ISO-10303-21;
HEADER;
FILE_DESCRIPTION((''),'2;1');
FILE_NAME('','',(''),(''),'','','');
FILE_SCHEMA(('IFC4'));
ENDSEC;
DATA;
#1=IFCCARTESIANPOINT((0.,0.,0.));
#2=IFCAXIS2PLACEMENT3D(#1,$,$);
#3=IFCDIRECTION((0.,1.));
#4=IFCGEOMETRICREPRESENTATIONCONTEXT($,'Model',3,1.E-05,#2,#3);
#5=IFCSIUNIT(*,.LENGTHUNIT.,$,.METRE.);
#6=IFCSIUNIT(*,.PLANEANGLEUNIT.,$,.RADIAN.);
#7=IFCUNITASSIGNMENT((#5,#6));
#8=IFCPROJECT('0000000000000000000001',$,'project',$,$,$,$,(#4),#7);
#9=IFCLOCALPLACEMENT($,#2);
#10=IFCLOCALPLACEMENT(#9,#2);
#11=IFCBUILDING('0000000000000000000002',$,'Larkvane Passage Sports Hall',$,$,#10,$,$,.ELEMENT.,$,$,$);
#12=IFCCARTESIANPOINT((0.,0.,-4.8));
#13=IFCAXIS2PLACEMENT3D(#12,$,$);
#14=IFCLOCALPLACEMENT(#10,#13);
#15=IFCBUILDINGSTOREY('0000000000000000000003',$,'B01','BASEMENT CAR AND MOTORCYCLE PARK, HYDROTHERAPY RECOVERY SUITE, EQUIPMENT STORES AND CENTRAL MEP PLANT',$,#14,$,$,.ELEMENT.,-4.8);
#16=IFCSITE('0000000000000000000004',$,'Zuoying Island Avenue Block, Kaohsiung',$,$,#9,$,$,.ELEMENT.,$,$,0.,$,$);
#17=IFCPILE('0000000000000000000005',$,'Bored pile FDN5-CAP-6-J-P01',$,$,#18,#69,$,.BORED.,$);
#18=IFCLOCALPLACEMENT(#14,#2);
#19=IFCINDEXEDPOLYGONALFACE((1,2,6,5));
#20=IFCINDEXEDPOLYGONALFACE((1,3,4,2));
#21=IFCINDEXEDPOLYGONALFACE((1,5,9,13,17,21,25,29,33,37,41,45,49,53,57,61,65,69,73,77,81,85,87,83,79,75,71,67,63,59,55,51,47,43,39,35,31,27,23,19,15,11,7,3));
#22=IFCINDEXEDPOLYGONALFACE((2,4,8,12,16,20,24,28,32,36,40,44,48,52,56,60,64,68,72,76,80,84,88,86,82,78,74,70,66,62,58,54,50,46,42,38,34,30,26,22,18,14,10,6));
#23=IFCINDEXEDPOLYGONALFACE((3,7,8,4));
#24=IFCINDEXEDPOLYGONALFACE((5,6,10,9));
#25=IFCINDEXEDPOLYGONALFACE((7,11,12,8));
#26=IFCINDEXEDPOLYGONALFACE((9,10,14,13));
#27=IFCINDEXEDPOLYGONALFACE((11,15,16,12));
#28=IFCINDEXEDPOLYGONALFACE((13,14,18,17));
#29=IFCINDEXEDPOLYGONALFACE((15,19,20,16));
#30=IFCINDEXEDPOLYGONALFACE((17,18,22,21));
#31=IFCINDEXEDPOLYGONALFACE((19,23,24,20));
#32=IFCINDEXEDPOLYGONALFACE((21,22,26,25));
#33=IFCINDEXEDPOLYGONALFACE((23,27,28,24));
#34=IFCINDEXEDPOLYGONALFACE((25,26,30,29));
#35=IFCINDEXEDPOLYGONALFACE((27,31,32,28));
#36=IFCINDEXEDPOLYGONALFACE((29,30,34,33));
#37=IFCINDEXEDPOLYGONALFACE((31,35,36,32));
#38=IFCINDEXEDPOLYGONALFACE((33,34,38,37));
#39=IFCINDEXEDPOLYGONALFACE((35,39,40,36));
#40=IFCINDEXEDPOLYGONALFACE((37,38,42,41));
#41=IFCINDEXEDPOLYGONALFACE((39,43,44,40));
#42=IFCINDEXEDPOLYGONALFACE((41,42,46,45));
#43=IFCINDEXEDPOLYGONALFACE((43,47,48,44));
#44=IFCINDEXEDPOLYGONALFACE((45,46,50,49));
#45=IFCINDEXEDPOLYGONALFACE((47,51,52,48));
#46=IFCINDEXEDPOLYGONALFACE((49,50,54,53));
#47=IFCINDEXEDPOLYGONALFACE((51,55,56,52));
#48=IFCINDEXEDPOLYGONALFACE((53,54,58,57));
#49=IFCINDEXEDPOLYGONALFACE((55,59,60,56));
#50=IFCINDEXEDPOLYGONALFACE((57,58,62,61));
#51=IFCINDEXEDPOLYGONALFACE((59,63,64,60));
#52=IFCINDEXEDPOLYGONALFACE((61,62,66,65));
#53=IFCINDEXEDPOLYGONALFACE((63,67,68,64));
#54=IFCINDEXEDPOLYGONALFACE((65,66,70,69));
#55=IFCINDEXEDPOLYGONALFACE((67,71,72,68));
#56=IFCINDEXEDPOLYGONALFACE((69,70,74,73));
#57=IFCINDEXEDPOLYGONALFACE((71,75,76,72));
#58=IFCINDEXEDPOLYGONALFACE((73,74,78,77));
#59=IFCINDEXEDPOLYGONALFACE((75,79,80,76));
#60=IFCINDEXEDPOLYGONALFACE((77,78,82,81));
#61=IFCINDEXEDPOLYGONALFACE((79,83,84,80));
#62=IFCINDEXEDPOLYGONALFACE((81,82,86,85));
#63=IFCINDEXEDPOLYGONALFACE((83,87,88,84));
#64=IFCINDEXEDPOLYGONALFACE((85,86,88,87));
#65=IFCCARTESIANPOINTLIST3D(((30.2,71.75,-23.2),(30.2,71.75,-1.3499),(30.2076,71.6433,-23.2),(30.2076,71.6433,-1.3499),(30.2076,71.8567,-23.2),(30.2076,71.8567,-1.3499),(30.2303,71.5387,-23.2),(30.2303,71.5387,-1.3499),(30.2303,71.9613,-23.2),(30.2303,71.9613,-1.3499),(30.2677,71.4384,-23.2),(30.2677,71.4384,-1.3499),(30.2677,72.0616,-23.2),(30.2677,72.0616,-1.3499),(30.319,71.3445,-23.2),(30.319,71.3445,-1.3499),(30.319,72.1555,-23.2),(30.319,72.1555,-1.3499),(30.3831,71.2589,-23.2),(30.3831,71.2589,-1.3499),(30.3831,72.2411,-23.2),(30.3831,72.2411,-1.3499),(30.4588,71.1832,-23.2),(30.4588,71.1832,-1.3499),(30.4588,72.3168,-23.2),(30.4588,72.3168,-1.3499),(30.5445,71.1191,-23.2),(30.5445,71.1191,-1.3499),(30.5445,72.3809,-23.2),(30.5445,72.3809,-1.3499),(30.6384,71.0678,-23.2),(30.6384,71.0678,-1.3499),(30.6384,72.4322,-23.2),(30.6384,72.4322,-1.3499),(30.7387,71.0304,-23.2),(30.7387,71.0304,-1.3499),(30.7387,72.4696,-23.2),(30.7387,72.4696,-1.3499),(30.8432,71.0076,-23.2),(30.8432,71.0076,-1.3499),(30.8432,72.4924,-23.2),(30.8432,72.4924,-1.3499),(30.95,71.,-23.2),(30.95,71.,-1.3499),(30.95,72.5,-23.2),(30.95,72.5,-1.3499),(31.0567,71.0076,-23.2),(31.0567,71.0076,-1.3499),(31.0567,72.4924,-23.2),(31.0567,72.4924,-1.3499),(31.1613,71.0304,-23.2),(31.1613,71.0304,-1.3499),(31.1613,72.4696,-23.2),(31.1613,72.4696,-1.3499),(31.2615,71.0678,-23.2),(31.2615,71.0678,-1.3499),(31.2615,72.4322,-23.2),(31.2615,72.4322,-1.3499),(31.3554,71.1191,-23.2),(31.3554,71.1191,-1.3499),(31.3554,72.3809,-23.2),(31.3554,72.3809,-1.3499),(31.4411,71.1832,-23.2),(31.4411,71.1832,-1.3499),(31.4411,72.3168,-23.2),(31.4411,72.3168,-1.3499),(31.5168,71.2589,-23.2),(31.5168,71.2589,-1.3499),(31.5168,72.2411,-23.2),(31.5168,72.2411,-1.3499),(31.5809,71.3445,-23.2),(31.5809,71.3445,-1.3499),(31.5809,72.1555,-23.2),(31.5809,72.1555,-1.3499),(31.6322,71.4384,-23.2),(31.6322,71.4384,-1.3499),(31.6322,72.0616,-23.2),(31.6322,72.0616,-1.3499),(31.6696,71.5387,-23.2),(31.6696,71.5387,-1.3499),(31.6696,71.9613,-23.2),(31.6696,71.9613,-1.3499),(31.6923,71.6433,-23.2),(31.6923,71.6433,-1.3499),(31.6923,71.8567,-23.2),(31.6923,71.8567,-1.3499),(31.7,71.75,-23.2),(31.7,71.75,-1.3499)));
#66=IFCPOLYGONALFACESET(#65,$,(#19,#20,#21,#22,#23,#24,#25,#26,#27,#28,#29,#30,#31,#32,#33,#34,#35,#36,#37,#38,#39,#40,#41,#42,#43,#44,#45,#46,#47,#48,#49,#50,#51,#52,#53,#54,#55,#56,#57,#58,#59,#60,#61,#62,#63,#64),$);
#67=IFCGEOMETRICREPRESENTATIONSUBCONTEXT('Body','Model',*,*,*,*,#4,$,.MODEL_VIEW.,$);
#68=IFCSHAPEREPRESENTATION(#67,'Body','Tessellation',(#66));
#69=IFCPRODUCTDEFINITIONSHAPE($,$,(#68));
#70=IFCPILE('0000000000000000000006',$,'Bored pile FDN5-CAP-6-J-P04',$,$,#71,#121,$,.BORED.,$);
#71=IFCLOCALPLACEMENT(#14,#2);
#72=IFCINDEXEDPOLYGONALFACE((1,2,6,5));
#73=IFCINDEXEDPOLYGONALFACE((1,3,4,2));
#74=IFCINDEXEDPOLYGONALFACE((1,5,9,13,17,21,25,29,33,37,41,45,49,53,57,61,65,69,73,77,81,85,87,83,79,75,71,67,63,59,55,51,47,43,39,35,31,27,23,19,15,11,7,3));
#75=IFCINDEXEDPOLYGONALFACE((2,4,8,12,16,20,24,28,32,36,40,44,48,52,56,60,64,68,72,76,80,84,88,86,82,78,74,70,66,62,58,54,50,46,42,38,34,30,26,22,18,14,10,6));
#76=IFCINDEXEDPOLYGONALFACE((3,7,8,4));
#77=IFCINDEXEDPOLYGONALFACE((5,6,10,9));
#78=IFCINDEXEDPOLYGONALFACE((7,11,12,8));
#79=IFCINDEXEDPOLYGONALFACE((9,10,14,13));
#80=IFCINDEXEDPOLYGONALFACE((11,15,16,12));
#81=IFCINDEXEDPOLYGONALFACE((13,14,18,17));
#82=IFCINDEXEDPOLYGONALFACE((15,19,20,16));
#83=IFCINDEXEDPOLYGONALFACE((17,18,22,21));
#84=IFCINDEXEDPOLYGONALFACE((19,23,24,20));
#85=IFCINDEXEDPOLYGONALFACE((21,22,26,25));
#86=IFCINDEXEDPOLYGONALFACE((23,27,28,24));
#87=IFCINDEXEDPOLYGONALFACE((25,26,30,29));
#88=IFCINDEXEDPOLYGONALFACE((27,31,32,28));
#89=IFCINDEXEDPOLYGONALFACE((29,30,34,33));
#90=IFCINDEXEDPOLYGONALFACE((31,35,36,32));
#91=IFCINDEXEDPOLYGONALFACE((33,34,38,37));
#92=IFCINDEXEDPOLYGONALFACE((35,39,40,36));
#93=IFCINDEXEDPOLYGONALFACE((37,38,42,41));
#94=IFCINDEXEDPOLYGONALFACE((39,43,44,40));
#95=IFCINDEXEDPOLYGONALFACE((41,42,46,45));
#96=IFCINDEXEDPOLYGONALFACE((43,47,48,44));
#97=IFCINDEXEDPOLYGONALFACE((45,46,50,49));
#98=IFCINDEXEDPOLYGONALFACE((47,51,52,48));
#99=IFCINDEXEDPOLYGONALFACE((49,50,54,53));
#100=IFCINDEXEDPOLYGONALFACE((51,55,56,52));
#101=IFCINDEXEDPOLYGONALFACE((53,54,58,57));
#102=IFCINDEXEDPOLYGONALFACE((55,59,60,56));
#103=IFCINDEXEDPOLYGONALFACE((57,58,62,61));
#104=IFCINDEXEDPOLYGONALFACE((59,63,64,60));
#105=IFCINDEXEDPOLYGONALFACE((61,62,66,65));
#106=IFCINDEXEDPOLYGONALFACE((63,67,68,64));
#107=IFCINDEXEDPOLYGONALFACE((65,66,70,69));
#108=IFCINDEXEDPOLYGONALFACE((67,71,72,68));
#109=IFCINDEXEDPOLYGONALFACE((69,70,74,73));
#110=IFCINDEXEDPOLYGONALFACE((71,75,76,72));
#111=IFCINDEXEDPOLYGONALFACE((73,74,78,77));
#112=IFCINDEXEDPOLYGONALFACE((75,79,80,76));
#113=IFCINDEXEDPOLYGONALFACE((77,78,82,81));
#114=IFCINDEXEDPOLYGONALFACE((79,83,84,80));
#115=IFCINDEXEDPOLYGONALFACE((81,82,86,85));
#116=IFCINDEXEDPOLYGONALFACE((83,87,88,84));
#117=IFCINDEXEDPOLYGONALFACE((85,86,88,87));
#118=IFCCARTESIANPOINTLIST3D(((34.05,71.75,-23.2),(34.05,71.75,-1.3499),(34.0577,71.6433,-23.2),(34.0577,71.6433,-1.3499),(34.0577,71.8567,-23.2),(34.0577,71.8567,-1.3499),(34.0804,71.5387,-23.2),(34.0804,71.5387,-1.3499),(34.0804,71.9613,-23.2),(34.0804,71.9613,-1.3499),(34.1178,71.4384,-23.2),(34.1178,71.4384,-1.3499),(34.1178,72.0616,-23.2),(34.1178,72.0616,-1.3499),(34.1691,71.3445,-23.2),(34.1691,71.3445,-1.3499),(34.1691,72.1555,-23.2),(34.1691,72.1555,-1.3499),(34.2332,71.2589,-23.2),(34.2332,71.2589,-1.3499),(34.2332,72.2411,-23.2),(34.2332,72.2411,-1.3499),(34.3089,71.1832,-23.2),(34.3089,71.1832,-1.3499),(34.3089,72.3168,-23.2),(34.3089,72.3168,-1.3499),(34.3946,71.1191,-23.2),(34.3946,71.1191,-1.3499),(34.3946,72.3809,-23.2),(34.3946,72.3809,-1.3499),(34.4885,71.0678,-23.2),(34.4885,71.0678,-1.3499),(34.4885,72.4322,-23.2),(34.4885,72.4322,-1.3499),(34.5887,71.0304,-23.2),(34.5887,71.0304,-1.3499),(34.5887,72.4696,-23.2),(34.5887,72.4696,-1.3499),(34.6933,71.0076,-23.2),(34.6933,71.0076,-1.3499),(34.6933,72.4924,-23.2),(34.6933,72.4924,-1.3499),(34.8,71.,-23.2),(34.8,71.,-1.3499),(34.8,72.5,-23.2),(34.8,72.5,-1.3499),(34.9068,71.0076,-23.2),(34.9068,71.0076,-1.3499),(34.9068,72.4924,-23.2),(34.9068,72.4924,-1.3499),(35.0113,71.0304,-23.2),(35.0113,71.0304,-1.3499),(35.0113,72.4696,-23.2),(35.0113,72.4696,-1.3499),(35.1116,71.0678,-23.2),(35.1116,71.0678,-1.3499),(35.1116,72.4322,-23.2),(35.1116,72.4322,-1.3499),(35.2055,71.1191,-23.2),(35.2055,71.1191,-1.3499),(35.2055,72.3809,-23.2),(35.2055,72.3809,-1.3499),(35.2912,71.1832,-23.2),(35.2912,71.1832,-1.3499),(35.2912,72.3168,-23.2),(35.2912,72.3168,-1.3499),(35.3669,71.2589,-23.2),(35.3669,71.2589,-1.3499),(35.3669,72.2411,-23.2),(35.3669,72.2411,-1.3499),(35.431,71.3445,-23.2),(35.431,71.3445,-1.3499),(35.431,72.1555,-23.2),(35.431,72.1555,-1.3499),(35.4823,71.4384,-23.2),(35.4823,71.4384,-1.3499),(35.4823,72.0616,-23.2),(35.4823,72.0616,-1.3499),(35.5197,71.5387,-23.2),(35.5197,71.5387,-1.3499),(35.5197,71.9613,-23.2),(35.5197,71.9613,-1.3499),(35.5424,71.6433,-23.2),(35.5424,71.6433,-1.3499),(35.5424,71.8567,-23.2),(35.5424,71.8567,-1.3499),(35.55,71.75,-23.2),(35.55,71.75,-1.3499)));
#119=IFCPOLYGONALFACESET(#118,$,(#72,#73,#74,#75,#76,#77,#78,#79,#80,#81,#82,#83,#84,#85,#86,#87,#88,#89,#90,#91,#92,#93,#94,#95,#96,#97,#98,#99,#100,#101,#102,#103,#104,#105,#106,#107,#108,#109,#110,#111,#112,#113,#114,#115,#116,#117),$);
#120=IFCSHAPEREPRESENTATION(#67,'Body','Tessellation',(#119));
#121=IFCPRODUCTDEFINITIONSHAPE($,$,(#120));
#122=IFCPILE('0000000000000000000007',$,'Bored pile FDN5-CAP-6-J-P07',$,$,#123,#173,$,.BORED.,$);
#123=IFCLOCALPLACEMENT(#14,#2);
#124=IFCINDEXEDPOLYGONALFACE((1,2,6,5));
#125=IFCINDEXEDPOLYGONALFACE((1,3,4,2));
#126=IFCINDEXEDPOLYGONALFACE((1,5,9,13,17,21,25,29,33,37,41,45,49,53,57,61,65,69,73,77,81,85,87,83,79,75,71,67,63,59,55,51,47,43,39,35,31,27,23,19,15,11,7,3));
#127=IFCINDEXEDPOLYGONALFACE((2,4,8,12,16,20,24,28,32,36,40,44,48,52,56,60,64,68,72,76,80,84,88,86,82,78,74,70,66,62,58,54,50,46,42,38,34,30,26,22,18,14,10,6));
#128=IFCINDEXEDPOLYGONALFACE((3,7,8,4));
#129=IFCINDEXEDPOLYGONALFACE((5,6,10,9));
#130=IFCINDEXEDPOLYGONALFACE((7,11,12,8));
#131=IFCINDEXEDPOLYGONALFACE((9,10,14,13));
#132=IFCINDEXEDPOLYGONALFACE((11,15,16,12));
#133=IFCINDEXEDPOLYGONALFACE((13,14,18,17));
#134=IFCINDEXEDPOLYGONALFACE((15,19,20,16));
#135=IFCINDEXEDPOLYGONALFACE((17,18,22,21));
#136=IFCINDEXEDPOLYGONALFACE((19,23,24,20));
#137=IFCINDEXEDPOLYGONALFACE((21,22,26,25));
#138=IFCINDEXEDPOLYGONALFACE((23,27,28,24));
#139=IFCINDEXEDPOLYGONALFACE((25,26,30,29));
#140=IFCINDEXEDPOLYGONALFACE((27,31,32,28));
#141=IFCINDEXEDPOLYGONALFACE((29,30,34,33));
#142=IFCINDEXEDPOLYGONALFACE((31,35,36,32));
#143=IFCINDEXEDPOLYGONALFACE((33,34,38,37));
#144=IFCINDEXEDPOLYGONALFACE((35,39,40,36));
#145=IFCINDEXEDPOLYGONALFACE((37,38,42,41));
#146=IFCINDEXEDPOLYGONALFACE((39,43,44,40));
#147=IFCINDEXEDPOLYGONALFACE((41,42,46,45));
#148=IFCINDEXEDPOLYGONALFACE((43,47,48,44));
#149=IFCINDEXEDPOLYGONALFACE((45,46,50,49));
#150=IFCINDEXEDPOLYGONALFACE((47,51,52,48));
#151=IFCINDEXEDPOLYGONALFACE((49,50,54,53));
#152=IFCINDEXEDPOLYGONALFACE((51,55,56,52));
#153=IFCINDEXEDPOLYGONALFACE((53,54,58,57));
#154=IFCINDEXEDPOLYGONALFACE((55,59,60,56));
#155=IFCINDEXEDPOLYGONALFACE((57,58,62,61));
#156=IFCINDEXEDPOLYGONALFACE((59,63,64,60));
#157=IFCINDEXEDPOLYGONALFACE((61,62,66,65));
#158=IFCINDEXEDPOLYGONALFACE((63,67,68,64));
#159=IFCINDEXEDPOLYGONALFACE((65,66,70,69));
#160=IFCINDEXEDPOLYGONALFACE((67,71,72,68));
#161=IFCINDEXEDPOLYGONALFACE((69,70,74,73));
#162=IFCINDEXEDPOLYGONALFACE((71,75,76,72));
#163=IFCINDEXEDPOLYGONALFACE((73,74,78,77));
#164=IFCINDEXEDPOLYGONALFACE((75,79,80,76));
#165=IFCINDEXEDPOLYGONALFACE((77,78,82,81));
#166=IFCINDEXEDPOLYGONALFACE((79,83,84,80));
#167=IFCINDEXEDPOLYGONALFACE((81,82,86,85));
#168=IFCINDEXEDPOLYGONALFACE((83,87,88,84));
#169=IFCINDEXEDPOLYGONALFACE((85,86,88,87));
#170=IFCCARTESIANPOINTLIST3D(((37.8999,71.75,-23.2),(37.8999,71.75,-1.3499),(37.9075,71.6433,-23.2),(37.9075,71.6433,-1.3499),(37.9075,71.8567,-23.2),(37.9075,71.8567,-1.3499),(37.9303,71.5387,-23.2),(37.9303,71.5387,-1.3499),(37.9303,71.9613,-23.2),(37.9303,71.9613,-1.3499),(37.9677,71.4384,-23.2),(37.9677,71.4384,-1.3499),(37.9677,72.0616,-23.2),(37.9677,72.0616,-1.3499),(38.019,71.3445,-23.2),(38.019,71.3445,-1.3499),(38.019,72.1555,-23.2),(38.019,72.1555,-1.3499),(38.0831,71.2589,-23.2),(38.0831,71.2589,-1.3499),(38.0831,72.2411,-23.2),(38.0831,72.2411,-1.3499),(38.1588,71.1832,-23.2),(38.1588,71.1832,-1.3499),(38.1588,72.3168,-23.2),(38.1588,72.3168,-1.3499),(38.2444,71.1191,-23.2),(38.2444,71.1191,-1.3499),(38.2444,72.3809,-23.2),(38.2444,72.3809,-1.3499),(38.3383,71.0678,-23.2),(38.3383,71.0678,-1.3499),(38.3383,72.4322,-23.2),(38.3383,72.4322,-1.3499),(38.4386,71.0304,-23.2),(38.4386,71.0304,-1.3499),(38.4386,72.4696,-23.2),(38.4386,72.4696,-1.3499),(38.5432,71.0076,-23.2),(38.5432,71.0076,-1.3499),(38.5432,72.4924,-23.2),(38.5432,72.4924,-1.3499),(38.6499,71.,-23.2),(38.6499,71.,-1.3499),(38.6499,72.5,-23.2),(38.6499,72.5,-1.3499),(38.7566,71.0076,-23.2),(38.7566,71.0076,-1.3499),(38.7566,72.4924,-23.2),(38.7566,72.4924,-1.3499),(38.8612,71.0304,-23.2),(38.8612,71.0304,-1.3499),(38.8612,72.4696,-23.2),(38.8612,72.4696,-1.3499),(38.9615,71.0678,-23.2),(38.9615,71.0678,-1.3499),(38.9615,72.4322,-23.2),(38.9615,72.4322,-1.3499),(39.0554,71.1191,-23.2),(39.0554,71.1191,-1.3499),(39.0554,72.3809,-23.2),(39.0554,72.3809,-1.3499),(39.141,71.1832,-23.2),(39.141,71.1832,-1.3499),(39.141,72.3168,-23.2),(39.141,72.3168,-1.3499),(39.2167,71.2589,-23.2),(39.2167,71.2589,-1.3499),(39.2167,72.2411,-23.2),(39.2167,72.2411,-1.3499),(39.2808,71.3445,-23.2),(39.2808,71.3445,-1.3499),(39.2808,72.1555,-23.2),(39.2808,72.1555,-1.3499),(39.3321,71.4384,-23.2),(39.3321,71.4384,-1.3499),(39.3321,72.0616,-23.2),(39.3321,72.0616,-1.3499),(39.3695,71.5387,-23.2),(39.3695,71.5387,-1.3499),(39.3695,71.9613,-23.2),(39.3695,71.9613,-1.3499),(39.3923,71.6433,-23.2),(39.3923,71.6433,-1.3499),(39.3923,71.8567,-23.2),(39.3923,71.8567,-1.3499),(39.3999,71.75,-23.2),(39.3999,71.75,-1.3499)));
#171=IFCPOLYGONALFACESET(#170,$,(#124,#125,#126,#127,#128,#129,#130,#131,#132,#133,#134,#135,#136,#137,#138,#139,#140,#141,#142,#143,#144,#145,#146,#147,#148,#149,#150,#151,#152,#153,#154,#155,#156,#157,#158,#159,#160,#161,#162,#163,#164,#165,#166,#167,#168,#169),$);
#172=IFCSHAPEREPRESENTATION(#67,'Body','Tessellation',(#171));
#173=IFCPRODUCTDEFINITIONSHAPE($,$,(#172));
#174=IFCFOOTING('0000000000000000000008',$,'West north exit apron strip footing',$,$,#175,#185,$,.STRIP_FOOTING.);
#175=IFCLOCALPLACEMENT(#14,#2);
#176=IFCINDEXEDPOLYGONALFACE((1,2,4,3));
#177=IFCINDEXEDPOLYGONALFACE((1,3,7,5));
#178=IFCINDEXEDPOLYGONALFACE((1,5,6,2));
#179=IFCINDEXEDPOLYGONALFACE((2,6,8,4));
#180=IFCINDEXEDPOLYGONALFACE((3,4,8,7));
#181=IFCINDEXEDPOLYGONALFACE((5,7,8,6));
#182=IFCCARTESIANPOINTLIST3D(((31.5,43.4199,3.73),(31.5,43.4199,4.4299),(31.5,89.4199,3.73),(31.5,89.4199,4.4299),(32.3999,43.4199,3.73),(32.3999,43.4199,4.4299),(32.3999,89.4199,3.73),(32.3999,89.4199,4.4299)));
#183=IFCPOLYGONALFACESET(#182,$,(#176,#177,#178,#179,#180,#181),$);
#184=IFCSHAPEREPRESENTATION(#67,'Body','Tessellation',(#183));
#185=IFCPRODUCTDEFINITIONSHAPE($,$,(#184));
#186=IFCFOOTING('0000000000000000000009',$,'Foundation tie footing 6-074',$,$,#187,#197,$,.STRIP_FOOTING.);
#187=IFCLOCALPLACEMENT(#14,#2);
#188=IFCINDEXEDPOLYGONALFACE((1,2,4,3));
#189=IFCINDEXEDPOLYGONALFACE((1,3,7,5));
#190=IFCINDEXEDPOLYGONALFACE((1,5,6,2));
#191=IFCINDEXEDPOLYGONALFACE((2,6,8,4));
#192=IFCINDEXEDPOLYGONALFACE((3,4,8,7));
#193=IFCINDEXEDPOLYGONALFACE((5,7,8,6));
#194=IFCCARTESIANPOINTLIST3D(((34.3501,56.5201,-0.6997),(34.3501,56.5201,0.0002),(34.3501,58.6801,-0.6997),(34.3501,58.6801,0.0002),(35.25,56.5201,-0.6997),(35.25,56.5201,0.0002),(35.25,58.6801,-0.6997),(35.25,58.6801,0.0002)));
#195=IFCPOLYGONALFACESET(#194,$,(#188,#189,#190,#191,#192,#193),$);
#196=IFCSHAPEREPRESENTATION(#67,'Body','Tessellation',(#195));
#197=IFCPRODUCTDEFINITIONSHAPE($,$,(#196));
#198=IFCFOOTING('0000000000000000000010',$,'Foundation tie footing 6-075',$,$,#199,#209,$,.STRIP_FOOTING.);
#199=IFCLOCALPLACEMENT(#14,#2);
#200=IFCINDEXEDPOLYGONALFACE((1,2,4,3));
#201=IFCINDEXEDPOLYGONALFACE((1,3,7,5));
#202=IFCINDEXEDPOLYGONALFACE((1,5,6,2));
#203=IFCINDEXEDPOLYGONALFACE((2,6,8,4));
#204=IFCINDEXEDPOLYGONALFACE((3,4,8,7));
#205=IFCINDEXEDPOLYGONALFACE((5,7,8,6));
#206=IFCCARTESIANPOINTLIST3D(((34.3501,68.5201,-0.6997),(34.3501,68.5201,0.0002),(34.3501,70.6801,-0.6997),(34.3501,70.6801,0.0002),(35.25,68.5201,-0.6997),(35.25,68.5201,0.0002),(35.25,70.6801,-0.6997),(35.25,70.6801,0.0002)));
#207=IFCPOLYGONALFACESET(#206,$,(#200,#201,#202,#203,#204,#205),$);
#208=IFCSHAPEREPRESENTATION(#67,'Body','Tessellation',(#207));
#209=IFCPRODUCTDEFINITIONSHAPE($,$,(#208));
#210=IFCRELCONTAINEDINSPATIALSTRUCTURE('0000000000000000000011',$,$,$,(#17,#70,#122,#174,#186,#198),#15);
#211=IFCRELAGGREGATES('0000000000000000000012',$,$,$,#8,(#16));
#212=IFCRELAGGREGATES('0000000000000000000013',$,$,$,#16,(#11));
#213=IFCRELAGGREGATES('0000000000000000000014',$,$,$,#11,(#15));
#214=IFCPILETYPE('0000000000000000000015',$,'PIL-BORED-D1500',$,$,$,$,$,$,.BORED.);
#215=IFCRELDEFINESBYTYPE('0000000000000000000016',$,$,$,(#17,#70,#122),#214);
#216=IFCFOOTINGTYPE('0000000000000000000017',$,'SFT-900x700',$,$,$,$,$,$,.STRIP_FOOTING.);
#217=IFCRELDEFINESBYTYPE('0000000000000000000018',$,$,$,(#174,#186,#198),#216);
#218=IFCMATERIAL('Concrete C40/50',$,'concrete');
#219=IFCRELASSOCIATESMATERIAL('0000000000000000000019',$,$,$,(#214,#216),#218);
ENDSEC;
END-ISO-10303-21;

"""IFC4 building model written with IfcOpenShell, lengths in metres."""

from ifc_helpers import new_model, si_unit, direction, frame, origin, origin_2d, place, context, subcontext, project, spatial, rectangle, circle, extrude, material, material_profile, profile_set, type_object, element, save


model = new_model("IFC4")

# Units and contexts
model_context = context("Model", 3, precision=1e-05, world=origin(), true_north=direction((0.0, 1.0)))
body_context = subcontext(model_context, "Body", "Model", "MODEL_VIEW")
ifc_project = project(units=[si_unit("LENGTHUNIT", "METRE"), si_unit("PLANEANGLEUNIT", "RADIAN")], contexts=[model_context])

# Site, building, storey
site_placement = place(None, origin())
site = spatial("IfcSite", under=ifc_project, at=site_placement, Name="Zuoying Island Avenue Block, Kaohsiung", CompositionType="ELEMENT", RefElevation=0.0)
building_placement = place(site_placement, origin())
building = spatial("IfcBuilding", under=site, at=building_placement, Name="Larkvane Passage Sports Hall", CompositionType="ELEMENT")
storey_placement = place(building_placement, frame((0.0, 0.0, -4.8)))
storey = spatial("IfcBuildingStorey", under=building, at=storey_placement, Name="B01", Description="BASEMENT CAR AND MOTORCYCLE PARK, HYDROTHERAPY RECOVERY SUITE, EQUIPMENT STORES AND CENTRAL MEP PLANT", CompositionType="ELEMENT", Elevation=-4.8)

# Shared definitions
ifc_material_1 = material(Name="Concrete C40/50", Category="concrete")

# Piles
ifc_material_profile_1 = material_profile(ifc_material_1, circle(Radius=0.75, at=origin_2d()), Name="PILE-D1500")
ifc_profile_set_1 = profile_set([ifc_material_profile_1], Name="Concrete C40/50")
pile_type_1 = type_object("IfcPileType", Name="PIL-BORED-D1500", PredefinedType="BORED", material=ifc_profile_set_1)
for number, where, z_axis, x_axis, name in (
    (1, (30.95, 71.75, -1.3499), (0.0, 0.0, -1.0), (1.0, 0.0, 0.0), "Bored pile FDN5-CAP-6-J-P01"),
    (2, (34.8, 71.75, -1.3499), (0.0, 0.0, -1.0), (1.0, 0.0, 0.0), "Bored pile FDN5-CAP-6-J-P04"),
    (3, (38.6499, 71.75, -1.3499), (0.0, 0.0, -1.0), (1.0, 0.0, 0.0), "Bored pile FDN5-CAP-6-J-P07"),
):
    element("IfcPile", number, at=place(storey_placement, frame(where, z_axis=z_axis, x_axis=x_axis)), inside=storey, type_object=pile_type_1, Name=name, PredefinedType="BORED", context=body_context, shape_type="SweptSolid", body=[
        extrude(circle(Radius=0.75, at=origin_2d()), origin(), (0.0, 0.0, 1.0), 21.8501),
    ])

# Footings
footing_type_1 = type_object("IfcFootingType", Name="SFT-900x700", PredefinedType="STRIP_FOOTING", material=ifc_material_1)
footing_1_placement = place(storey_placement, frame((31.95, 66.4199, 3.73), z_axis=(0.0, 0.0, 1.0), x_axis=(1.0, 0.0, 0.0)))
element("IfcFooting", 4, at=footing_1_placement, inside=storey, type_object=footing_type_1, Name="West north exit apron strip footing", PredefinedType="STRIP_FOOTING", context=body_context, shape_type="SweptSolid", body=[
    extrude(rectangle(XDim=0.8999, YDim=46.0, at=origin_2d()), origin(), (0.0, 0.0, 1.0), 0.7),
])
for number, where, z_axis, x_axis, name in (
    (5, (34.8, 57.6001, -0.6997), (0.0, 0.0, 1.0), (1.0, 0.0, 0.0), "Foundation tie footing 6-074"),
    (6, (34.8, 69.6001, -0.6997), (0.0, 0.0, 1.0), (1.0, 0.0, 0.0), "Foundation tie footing 6-075"),
):
    element("IfcFooting", number, at=place(storey_placement, frame(where, z_axis=z_axis, x_axis=x_axis)), inside=storey, type_object=footing_type_1, Name=name, PredefinedType="STRIP_FOOTING", context=body_context, shape_type="SweptSolid", body=[
        extrude(rectangle(XDim=0.8999, YDim=2.1599, at=origin_2d()), origin(), (0.0, 0.0, 1.0), 0.7),
    ])

save(model, "model.ifc")
